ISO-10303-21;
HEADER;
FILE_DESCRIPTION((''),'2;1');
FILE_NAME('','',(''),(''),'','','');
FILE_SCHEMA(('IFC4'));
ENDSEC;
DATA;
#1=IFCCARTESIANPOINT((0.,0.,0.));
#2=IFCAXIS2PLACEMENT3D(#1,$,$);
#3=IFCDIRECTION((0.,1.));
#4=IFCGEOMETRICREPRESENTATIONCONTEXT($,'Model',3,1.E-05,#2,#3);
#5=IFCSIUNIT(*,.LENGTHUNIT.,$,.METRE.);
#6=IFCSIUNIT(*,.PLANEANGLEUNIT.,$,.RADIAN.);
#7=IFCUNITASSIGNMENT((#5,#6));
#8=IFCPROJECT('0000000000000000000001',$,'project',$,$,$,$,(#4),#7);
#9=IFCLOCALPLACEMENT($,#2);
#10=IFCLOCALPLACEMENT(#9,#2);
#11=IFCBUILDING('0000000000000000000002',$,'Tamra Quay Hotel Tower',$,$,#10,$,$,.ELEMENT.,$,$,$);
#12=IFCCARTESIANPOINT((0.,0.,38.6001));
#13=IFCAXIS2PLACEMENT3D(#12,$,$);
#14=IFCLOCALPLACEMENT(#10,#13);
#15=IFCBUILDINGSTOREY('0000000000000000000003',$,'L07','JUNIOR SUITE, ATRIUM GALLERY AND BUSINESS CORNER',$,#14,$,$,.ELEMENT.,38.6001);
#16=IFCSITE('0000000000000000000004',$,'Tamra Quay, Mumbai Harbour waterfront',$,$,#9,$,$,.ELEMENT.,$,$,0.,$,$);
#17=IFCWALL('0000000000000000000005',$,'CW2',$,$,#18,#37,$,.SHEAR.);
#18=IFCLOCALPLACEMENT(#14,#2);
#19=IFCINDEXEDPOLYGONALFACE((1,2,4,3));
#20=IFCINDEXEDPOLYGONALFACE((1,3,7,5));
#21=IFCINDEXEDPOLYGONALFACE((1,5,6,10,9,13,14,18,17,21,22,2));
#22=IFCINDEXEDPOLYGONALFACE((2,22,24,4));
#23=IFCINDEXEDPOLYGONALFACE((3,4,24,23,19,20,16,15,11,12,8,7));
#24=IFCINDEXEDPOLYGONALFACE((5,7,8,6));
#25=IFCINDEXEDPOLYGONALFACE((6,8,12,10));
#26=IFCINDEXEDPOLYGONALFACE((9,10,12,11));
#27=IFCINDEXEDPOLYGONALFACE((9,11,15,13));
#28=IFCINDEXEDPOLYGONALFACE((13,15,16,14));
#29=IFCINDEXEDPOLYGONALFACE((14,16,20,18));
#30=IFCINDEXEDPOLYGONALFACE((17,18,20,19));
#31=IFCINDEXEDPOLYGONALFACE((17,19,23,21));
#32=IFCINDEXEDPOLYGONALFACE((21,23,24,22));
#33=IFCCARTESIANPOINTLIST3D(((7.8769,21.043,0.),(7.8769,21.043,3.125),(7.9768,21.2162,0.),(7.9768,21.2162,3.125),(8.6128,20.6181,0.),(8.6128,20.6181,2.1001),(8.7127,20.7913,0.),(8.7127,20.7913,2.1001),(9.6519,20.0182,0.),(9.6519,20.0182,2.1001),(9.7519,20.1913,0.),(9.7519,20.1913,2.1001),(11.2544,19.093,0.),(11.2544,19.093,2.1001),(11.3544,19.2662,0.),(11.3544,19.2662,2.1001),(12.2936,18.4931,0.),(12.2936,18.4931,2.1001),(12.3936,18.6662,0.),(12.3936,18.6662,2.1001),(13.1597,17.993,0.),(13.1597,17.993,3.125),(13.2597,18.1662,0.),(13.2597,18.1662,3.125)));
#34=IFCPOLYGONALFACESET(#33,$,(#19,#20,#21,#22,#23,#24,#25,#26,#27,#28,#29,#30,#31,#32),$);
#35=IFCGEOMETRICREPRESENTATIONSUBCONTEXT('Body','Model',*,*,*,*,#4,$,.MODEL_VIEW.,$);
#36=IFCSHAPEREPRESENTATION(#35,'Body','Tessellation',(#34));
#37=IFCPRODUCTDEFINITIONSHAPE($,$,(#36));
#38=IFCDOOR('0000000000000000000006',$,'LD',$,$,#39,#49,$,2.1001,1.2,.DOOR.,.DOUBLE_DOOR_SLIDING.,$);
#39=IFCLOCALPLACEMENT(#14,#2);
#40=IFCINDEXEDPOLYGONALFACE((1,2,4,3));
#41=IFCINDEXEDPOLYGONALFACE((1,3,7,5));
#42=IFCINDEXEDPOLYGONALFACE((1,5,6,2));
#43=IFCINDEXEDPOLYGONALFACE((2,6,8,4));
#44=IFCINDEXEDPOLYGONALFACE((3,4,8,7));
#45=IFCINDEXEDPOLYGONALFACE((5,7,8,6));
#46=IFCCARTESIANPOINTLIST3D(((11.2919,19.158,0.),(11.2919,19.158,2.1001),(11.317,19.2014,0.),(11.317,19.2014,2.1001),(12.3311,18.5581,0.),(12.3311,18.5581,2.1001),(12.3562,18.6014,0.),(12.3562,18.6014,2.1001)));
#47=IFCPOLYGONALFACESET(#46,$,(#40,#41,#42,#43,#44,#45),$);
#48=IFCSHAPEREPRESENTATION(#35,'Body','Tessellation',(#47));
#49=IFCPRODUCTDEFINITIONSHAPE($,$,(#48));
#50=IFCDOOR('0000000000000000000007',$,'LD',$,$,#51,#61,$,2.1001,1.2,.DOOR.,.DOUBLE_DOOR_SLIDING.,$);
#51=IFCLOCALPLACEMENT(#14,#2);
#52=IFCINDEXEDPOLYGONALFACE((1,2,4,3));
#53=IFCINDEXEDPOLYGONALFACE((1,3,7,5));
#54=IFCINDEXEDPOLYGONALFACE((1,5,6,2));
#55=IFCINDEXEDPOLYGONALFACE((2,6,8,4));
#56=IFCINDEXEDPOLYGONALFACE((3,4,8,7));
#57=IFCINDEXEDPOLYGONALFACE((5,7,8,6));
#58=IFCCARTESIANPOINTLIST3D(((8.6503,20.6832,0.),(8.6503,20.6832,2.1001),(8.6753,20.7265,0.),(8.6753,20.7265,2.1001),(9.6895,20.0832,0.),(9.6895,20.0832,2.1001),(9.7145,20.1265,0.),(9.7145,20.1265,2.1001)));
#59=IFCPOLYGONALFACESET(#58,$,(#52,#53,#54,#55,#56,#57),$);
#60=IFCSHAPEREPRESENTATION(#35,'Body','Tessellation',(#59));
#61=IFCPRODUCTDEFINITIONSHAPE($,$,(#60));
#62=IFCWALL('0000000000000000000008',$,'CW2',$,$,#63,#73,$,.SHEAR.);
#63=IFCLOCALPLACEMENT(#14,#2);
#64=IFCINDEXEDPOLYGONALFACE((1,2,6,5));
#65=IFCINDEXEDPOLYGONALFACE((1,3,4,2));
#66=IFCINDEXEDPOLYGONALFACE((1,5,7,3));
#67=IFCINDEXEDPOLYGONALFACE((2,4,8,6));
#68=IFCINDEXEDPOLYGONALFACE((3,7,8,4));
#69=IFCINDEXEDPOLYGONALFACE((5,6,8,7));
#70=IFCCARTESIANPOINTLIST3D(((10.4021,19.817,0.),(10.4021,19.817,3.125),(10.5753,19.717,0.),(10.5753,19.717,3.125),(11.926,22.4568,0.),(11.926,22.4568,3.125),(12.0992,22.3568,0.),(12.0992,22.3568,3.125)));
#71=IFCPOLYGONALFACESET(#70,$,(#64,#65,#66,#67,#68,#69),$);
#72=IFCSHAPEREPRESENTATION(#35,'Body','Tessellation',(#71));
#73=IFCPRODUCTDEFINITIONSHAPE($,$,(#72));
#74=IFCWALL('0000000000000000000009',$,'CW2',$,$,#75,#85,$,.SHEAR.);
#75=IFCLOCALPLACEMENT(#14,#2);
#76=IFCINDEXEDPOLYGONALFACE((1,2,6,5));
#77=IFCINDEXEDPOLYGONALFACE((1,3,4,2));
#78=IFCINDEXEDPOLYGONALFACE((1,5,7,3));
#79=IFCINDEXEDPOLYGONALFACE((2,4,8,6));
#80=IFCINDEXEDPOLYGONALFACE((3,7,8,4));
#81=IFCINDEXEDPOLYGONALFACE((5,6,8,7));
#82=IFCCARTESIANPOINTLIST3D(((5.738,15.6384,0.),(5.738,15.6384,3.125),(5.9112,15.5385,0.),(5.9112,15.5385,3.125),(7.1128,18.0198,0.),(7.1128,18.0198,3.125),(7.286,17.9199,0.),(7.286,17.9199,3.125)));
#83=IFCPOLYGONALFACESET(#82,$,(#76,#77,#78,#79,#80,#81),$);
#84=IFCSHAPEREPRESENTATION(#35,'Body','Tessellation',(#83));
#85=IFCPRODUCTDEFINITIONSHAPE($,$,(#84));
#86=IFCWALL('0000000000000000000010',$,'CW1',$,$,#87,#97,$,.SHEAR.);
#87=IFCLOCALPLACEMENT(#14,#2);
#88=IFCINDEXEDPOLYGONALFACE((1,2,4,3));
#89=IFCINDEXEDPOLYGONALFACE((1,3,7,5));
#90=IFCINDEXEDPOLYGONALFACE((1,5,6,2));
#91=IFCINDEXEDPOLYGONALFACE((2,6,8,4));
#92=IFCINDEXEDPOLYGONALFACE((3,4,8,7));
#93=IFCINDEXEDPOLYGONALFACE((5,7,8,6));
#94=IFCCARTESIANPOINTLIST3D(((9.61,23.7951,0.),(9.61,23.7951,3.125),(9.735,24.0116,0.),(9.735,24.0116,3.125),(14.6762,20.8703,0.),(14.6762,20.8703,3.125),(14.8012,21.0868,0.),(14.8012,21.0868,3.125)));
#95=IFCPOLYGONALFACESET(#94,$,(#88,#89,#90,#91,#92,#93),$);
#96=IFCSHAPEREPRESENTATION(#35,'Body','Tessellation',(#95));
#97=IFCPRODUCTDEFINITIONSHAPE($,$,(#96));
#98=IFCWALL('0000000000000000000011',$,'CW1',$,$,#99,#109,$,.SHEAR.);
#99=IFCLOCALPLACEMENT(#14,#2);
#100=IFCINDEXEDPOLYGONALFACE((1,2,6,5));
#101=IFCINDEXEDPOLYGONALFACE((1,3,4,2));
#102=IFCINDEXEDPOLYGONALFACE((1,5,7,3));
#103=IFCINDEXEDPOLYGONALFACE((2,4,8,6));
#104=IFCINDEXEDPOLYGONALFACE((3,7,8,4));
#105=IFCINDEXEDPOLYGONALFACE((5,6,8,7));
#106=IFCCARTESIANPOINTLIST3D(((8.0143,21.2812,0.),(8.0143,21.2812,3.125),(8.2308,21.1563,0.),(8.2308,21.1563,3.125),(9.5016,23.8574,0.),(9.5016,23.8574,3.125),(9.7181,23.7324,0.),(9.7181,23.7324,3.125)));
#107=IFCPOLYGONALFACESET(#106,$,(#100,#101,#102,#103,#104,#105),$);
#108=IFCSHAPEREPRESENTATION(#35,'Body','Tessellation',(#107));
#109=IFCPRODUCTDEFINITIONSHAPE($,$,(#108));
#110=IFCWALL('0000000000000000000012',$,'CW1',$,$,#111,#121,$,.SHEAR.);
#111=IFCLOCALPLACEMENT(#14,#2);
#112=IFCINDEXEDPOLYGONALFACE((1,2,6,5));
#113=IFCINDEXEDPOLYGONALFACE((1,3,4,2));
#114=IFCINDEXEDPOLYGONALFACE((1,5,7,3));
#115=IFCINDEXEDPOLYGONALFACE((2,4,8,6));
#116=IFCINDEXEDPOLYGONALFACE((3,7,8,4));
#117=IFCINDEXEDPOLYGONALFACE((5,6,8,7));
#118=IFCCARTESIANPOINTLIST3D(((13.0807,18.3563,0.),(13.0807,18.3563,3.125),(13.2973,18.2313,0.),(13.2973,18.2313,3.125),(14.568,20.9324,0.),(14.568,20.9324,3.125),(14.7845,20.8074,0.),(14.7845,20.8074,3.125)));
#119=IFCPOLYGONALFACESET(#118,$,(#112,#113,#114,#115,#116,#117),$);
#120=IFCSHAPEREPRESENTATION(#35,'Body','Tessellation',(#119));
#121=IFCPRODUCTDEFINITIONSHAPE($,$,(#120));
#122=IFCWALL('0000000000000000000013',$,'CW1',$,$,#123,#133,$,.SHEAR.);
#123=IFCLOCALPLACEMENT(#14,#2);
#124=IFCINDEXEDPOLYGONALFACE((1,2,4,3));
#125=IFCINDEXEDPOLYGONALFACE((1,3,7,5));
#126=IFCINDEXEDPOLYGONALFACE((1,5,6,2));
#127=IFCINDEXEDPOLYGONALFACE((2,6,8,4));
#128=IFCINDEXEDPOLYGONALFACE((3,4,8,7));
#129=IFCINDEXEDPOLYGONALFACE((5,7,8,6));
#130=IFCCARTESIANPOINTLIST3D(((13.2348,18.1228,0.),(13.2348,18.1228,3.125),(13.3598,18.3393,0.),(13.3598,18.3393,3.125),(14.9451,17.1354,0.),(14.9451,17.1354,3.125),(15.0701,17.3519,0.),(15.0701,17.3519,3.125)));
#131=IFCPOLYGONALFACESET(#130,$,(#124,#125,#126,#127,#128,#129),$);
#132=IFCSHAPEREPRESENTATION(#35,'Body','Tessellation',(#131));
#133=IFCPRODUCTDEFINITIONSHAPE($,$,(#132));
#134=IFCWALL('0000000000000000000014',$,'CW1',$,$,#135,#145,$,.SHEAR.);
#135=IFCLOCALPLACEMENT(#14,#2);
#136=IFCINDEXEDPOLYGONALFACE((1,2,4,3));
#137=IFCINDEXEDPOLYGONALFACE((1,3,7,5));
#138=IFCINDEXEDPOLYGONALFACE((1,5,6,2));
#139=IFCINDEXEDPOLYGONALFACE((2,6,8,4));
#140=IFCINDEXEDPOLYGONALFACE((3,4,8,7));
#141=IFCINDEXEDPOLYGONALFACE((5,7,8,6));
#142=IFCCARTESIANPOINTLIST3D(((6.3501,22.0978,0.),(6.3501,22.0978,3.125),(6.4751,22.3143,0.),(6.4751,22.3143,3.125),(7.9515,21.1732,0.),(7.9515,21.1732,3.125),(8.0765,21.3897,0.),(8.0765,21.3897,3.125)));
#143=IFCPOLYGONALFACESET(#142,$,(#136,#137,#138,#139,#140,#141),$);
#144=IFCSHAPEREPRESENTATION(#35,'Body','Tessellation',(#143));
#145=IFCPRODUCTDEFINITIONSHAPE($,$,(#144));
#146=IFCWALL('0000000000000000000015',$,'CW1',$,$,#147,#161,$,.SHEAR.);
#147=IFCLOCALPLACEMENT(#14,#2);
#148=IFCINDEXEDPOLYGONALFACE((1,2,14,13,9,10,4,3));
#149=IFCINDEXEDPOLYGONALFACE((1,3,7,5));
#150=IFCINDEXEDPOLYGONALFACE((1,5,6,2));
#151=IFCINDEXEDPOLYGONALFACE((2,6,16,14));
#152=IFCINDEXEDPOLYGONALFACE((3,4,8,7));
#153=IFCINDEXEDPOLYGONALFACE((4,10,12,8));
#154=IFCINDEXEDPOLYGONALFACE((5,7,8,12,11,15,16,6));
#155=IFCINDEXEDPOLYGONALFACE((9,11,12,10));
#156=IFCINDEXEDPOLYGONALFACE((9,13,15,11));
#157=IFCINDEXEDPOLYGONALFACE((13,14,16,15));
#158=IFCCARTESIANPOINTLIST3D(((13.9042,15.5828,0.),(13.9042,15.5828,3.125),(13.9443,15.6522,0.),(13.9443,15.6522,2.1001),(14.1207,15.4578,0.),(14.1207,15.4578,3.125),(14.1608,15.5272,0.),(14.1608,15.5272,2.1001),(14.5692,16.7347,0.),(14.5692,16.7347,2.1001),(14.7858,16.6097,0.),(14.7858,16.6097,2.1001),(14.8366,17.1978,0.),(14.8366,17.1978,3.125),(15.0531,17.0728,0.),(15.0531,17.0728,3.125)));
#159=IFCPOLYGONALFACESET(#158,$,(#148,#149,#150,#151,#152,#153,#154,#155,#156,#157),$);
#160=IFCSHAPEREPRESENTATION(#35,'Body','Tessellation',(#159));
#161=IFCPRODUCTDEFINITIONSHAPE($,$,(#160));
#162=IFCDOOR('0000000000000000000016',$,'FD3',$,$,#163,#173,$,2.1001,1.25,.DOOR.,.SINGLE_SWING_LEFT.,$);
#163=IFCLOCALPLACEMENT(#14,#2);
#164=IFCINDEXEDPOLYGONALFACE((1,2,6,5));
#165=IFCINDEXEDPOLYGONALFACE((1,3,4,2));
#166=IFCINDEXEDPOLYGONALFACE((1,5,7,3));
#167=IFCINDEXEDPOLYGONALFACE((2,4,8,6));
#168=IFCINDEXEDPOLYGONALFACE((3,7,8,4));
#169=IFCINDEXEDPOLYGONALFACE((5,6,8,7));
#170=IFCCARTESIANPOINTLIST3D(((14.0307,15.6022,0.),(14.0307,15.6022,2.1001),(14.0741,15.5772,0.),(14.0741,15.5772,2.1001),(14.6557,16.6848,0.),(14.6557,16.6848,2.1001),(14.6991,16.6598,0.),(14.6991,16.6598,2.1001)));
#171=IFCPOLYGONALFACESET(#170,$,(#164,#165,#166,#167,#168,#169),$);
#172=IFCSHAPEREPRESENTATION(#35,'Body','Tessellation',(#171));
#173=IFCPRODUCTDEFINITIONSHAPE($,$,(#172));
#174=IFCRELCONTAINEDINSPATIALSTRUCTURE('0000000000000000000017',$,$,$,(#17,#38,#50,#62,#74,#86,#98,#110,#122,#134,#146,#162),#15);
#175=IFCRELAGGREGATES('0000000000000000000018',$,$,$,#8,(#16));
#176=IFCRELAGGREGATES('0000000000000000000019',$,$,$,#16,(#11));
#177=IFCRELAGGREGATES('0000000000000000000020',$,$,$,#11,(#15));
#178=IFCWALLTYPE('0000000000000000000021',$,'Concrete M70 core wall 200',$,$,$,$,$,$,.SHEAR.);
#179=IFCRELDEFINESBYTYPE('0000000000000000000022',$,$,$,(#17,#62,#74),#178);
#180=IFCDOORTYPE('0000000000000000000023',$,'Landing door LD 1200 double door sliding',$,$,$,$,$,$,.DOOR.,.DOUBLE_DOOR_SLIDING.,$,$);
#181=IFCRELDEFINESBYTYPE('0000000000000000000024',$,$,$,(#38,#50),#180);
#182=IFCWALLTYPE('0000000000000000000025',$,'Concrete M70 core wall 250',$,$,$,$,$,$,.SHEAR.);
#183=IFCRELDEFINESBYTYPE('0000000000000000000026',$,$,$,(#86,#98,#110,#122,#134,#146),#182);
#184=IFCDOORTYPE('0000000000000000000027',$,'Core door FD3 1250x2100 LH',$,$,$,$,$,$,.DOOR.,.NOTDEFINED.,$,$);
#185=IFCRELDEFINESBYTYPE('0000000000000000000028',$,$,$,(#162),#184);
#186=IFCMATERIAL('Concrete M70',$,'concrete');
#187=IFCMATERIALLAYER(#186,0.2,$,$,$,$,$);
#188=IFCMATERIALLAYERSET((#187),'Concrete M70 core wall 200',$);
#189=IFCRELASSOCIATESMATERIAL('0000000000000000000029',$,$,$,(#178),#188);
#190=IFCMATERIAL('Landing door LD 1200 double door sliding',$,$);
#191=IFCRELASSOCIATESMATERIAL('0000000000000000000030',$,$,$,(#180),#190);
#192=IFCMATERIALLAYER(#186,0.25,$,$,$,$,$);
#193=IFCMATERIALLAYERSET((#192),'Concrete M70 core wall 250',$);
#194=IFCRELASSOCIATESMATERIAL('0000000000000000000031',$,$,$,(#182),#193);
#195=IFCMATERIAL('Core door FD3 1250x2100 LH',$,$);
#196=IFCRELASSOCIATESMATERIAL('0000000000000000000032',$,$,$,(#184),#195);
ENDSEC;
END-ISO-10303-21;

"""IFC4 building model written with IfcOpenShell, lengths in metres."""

from ifc_helpers import new_model, si_unit, direction, frame, frame_2d, origin, place, context, subcontext, project, spatial, rectangle, extrude, material, layer, layer_set, type_object, element, fill, save


model = new_model("IFC4")

# Units and contexts
model_context = context("Model", 3, precision=1e-05, world=origin(), true_north=direction((0.0, 1.0)))
body_context = subcontext(model_context, "Body", "Model", "MODEL_VIEW")
ifc_project = project(units=[si_unit("LENGTHUNIT", "METRE"), si_unit("PLANEANGLEUNIT", "RADIAN")], contexts=[model_context])

# Site, building, storey
site_placement = place(None, origin())
site = spatial("IfcSite", under=ifc_project, at=site_placement, Name="Tamra Quay, Mumbai Harbour waterfront", CompositionType="ELEMENT", RefElevation=0.0)
building_placement = place(site_placement, origin())
building = spatial("IfcBuilding", under=site, at=building_placement, Name="Tamra Quay Hotel Tower", CompositionType="ELEMENT")
storey_placement = place(building_placement, frame((0.0, 0.0, 38.6001)))
storey = spatial("IfcBuildingStorey", under=building, at=storey_placement, Name="L07", Description="JUNIOR SUITE, ATRIUM GALLERY AND BUSINESS CORNER", CompositionType="ELEMENT", Elevation=38.6001)

# Shared definitions
ifc_material_1 = material(Name="Concrete M70", Category="concrete")

# Wall, openings, doors
ifc_layer_1 = layer(ifc_material_1, 0.2)
ifc_layer_set_1 = layer_set([ifc_layer_1], Name="Concrete M70 core wall 200")
wall_type_1 = type_object("IfcWallType", Name="Concrete M70 core wall 200", PredefinedType="SHEAR", material=ifc_layer_set_1)
wall_1_placement = place(storey_placement, frame((13.2097, 18.0796, 0.0), z_axis=(0.0, 0.0, 1.0), x_axis=(-0.86603, 0.499992, 0.0)))
wall_1 = element("IfcWall", 1, at=wall_1_placement, inside=storey, type_object=wall_type_1, Name="CW2", PredefinedType="SHEAR", context=body_context, shape_type="SweptSolid", body=[
    extrude(rectangle(XDim=6.1001, YDim=0.2, at=frame_2d((3.05, 0.0))), origin(), (0.0, 0.0, 1.0), 3.125),
])
opening_1_placement = place(wall_1_placement, frame((1.0, 0.0, 0.0)))
opening_1 = element("IfcOpeningElement", 2, at=opening_1_placement, cuts=wall_1, PredefinedType="OPENING", context=body_context, shape_type="SweptSolid", body=[
    extrude(rectangle(XDim=1.2, YDim=2.1001, at=frame_2d((0.6001, 1.05))), frame((0.0, 0.1099, 0.0), z_axis=(0.0, -1.0, 0.0), x_axis=(1.0, 0.0, 0.0)), (0.0, 0.0, 1.0), 0.22),
])
opening_2_placement = place(wall_1_placement, frame((4.0503, 0.0, 0.0)))
opening_2 = element("IfcOpeningElement", 3, at=opening_2_placement, cuts=wall_1, PredefinedType="OPENING", context=body_context, shape_type="SweptSolid", body=[
    extrude(rectangle(XDim=1.2, YDim=2.1001, at=frame_2d((0.6001, 1.05))), frame((0.0, 0.1099, 0.0), z_axis=(0.0, -1.0, 0.0), x_axis=(1.0, 0.0, 0.0)), (0.0, 0.0, 1.0), 0.22),
])
ifc_material_2 = material(Name="Landing door LD 1200 double door sliding")
door_type_1 = type_object("IfcDoorType", Name="Landing door LD 1200 double door sliding", OperationType="DOUBLE_DOOR_SLIDING", PredefinedType="DOOR", material=ifc_material_2)
door_1_placement = place(opening_1_placement, origin())
door_1 = element("IfcDoor", 4, at=door_1_placement, inside=storey, type_object=door_type_1, Name="LD", OperationType="DOUBLE_DOOR_SLIDING", OverallHeight=2.1001, OverallWidth=1.2, PredefinedType="DOOR", context=body_context, shape_type="SweptSolid", body=[
    extrude(rectangle(XDim=1.2, YDim=2.1001, at=frame_2d((0.6001, 1.05))), frame((0.0, 0.0249, 0.0), z_axis=(0.0, -1.0, 0.0), x_axis=(1.0, 0.0, 0.0)), (0.0, 0.0, 1.0), 0.05),
])
fill(opening_1, door_1)
door_2_placement = place(opening_2_placement, origin())
door_2 = element("IfcDoor", 5, at=door_2_placement, inside=storey, type_object=door_type_1, Name="LD", OperationType="DOUBLE_DOOR_SLIDING", OverallHeight=2.1001, OverallWidth=1.2, PredefinedType="DOOR", context=body_context, shape_type="SweptSolid", body=[
    extrude(rectangle(XDim=1.2, YDim=2.1001, at=frame_2d((0.6001, 1.05))), frame((0.0, 0.0249, 0.0), z_axis=(0.0, -1.0, 0.0), x_axis=(1.0, 0.0, 0.0)), (0.0, 0.0, 1.0), 0.05),
])
fill(opening_2, door_2)

# Walls
wall_2_placement = place(storey_placement, frame((10.4888, 19.7671, 0.0), z_axis=(0.0, 0.0, 1.0), x_axis=(0.499947, 0.866056, 0.0)))
element("IfcWall", 6, at=wall_2_placement, inside=storey, type_object=wall_type_1, Name="CW2", PredefinedType="SHEAR", context=body_context, shape_type="SweptSolid", body=[
    extrude(rectangle(XDim=3.0481, YDim=0.2, at=frame_2d((1.5239, 0.0))), origin(), (0.0, 0.0, 1.0), 3.125),
])
wall_3_placement = place(storey_placement, frame((7.1995, 17.97, 0.0), z_axis=(0.0, 0.0, 1.0), x_axis=(-0.499968, -0.866044, 0.0)))
element("IfcWall", 7, at=wall_3_placement, inside=storey, type_object=wall_type_1, Name="CW2", PredefinedType="SHEAR", context=body_context, shape_type="SweptSolid", body=[
    extrude(rectangle(XDim=2.7498, YDim=0.2, at=frame_2d((1.375, 0.0))), origin(), (0.0, 0.0, 1.0), 3.125),
])
ifc_layer_2 = layer(ifc_material_1, 0.25)
ifc_layer_set_2 = layer_set([ifc_layer_2], Name="Concrete M70 core wall 250")
wall_type_2 = type_object("IfcWallType", Name="Concrete M70 core wall 250", PredefinedType="SHEAR", material=ifc_layer_set_2)
wall_4_placement = place(storey_placement, frame((9.6726, 23.9033, 0.0), z_axis=(0.0, 0.0, 1.0), x_axis=(0.866036, -0.499981, 0.0)))
element("IfcWall", 8, at=wall_4_placement, inside=storey, type_object=wall_type_2, Name="CW1", PredefinedType="SHEAR", context=body_context, shape_type="SweptSolid", body=[
    extrude(rectangle(XDim=5.8499, YDim=0.25, at=frame_2d((2.9248, 0.0))), origin(), (0.0, 0.0, 1.0), 3.125),
])
for number, where, z_axis, x_axis, name in (
    (9, (8.1226, 21.2188, 0.0), (0.0, 0.0, 1.0), (0.499988, 0.866033, 0.0), "CW1"),
    (10, (14.6763, 20.8699, 0.0), (0.0, 0.0, 1.0), (-0.499988, -0.866033, 0.0), "CW1"),
):
    element("IfcWall", number, at=place(storey_placement, frame(where, z_axis=z_axis, x_axis=x_axis)), inside=storey, type_object=wall_type_2, Name=name, PredefinedType="SHEAR", context=body_context, shape_type="SweptSolid", body=[
        extrude(rectangle(XDim=2.9746, YDim=0.25, at=frame_2d((1.4873, 0.0))), origin(), (0.0, 0.0, 1.0), 3.125),
    ])
wall_5_placement = place(storey_placement, frame((13.2974, 18.231, 0.0), z_axis=(0.0, 0.0, 1.0), x_axis=(0.866044, -0.499969, 0.0)))
element("IfcWall", 11, at=wall_5_placement, inside=storey, type_object=wall_type_2, Name="CW1", PredefinedType="SHEAR", context=body_context, shape_type="SweptSolid", body=[
    extrude(rectangle(XDim=1.9749, YDim=0.25, at=frame_2d((0.9873, 0.0))), origin(), (0.0, 0.0, 1.0), 3.125),
])
wall_6_placement = place(storey_placement, frame((6.4126, 22.2061, 0.0), z_axis=(0.0, 0.0, 1.0), x_axis=(0.866016, -0.500016, 0.0)))
element("IfcWall", 12, at=wall_6_placement, inside=storey, type_object=wall_type_2, Name="CW1", PredefinedType="SHEAR", context=body_context, shape_type="SweptSolid", body=[
    extrude(rectangle(XDim=1.8491, YDim=0.25, at=frame_2d((0.9246, 0.0))), origin(), (0.0, 0.0, 1.0), 3.125),
])

# Wall, opening, door
wall_7_placement = place(storey_placement, frame((14.9448, 17.1353, 0.0), z_axis=(0.0, 0.0, 1.0), x_axis=(-0.499983, -0.866035, 0.0)))
wall_7 = element("IfcWall", 13, at=wall_7_placement, inside=storey, type_object=wall_type_2, Name="CW1", PredefinedType="SHEAR", context=body_context, shape_type="SweptSolid", body=[
    extrude(rectangle(XDim=1.8647, YDim=0.25, at=frame_2d((0.9324, 0.0))), origin(), (0.0, 0.0, 1.0), 3.125),
])
opening_3_placement = place(wall_7_placement, frame((0.5347, 0.0, 0.0)))
opening_3 = element("IfcOpeningElement", 14, at=opening_3_placement, cuts=wall_7, PredefinedType="OPENING", context=body_context, shape_type="SweptSolid", body=[
    extrude(rectangle(XDim=1.25, YDim=2.1001, at=frame_2d((0.625, 1.05))), frame((0.0, 0.135, 0.0), z_axis=(0.0, -1.0, 0.0), x_axis=(1.0, 0.0, 0.0)), (0.0, 0.0, 1.0), 0.27),
])
ifc_material_3 = material(Name="Core door FD3 1250x2100 LH")
door_type_2 = type_object("IfcDoorType", Name="Core door FD3 1250x2100 LH", OperationType="NOTDEFINED", PredefinedType="DOOR", material=ifc_material_3)
door_3_placement = place(opening_3_placement, origin())
door_3 = element("IfcDoor", 15, at=door_3_placement, inside=storey, type_object=door_type_2, Name="FD3", OperationType="SINGLE_SWING_LEFT", OverallHeight=2.1001, OverallWidth=1.25, PredefinedType="DOOR", context=body_context, shape_type="SweptSolid", body=[
    extrude(rectangle(XDim=1.25, YDim=2.1001, at=frame_2d((0.625, 1.05))), frame((0.0, 0.0249, 0.0), z_axis=(0.0, -1.0, 0.0), x_axis=(1.0, 0.0, 0.0)), (0.0, 0.0, 1.0), 0.05),
])
fill(opening_3, door_3)

save(model, "model.ifc")
